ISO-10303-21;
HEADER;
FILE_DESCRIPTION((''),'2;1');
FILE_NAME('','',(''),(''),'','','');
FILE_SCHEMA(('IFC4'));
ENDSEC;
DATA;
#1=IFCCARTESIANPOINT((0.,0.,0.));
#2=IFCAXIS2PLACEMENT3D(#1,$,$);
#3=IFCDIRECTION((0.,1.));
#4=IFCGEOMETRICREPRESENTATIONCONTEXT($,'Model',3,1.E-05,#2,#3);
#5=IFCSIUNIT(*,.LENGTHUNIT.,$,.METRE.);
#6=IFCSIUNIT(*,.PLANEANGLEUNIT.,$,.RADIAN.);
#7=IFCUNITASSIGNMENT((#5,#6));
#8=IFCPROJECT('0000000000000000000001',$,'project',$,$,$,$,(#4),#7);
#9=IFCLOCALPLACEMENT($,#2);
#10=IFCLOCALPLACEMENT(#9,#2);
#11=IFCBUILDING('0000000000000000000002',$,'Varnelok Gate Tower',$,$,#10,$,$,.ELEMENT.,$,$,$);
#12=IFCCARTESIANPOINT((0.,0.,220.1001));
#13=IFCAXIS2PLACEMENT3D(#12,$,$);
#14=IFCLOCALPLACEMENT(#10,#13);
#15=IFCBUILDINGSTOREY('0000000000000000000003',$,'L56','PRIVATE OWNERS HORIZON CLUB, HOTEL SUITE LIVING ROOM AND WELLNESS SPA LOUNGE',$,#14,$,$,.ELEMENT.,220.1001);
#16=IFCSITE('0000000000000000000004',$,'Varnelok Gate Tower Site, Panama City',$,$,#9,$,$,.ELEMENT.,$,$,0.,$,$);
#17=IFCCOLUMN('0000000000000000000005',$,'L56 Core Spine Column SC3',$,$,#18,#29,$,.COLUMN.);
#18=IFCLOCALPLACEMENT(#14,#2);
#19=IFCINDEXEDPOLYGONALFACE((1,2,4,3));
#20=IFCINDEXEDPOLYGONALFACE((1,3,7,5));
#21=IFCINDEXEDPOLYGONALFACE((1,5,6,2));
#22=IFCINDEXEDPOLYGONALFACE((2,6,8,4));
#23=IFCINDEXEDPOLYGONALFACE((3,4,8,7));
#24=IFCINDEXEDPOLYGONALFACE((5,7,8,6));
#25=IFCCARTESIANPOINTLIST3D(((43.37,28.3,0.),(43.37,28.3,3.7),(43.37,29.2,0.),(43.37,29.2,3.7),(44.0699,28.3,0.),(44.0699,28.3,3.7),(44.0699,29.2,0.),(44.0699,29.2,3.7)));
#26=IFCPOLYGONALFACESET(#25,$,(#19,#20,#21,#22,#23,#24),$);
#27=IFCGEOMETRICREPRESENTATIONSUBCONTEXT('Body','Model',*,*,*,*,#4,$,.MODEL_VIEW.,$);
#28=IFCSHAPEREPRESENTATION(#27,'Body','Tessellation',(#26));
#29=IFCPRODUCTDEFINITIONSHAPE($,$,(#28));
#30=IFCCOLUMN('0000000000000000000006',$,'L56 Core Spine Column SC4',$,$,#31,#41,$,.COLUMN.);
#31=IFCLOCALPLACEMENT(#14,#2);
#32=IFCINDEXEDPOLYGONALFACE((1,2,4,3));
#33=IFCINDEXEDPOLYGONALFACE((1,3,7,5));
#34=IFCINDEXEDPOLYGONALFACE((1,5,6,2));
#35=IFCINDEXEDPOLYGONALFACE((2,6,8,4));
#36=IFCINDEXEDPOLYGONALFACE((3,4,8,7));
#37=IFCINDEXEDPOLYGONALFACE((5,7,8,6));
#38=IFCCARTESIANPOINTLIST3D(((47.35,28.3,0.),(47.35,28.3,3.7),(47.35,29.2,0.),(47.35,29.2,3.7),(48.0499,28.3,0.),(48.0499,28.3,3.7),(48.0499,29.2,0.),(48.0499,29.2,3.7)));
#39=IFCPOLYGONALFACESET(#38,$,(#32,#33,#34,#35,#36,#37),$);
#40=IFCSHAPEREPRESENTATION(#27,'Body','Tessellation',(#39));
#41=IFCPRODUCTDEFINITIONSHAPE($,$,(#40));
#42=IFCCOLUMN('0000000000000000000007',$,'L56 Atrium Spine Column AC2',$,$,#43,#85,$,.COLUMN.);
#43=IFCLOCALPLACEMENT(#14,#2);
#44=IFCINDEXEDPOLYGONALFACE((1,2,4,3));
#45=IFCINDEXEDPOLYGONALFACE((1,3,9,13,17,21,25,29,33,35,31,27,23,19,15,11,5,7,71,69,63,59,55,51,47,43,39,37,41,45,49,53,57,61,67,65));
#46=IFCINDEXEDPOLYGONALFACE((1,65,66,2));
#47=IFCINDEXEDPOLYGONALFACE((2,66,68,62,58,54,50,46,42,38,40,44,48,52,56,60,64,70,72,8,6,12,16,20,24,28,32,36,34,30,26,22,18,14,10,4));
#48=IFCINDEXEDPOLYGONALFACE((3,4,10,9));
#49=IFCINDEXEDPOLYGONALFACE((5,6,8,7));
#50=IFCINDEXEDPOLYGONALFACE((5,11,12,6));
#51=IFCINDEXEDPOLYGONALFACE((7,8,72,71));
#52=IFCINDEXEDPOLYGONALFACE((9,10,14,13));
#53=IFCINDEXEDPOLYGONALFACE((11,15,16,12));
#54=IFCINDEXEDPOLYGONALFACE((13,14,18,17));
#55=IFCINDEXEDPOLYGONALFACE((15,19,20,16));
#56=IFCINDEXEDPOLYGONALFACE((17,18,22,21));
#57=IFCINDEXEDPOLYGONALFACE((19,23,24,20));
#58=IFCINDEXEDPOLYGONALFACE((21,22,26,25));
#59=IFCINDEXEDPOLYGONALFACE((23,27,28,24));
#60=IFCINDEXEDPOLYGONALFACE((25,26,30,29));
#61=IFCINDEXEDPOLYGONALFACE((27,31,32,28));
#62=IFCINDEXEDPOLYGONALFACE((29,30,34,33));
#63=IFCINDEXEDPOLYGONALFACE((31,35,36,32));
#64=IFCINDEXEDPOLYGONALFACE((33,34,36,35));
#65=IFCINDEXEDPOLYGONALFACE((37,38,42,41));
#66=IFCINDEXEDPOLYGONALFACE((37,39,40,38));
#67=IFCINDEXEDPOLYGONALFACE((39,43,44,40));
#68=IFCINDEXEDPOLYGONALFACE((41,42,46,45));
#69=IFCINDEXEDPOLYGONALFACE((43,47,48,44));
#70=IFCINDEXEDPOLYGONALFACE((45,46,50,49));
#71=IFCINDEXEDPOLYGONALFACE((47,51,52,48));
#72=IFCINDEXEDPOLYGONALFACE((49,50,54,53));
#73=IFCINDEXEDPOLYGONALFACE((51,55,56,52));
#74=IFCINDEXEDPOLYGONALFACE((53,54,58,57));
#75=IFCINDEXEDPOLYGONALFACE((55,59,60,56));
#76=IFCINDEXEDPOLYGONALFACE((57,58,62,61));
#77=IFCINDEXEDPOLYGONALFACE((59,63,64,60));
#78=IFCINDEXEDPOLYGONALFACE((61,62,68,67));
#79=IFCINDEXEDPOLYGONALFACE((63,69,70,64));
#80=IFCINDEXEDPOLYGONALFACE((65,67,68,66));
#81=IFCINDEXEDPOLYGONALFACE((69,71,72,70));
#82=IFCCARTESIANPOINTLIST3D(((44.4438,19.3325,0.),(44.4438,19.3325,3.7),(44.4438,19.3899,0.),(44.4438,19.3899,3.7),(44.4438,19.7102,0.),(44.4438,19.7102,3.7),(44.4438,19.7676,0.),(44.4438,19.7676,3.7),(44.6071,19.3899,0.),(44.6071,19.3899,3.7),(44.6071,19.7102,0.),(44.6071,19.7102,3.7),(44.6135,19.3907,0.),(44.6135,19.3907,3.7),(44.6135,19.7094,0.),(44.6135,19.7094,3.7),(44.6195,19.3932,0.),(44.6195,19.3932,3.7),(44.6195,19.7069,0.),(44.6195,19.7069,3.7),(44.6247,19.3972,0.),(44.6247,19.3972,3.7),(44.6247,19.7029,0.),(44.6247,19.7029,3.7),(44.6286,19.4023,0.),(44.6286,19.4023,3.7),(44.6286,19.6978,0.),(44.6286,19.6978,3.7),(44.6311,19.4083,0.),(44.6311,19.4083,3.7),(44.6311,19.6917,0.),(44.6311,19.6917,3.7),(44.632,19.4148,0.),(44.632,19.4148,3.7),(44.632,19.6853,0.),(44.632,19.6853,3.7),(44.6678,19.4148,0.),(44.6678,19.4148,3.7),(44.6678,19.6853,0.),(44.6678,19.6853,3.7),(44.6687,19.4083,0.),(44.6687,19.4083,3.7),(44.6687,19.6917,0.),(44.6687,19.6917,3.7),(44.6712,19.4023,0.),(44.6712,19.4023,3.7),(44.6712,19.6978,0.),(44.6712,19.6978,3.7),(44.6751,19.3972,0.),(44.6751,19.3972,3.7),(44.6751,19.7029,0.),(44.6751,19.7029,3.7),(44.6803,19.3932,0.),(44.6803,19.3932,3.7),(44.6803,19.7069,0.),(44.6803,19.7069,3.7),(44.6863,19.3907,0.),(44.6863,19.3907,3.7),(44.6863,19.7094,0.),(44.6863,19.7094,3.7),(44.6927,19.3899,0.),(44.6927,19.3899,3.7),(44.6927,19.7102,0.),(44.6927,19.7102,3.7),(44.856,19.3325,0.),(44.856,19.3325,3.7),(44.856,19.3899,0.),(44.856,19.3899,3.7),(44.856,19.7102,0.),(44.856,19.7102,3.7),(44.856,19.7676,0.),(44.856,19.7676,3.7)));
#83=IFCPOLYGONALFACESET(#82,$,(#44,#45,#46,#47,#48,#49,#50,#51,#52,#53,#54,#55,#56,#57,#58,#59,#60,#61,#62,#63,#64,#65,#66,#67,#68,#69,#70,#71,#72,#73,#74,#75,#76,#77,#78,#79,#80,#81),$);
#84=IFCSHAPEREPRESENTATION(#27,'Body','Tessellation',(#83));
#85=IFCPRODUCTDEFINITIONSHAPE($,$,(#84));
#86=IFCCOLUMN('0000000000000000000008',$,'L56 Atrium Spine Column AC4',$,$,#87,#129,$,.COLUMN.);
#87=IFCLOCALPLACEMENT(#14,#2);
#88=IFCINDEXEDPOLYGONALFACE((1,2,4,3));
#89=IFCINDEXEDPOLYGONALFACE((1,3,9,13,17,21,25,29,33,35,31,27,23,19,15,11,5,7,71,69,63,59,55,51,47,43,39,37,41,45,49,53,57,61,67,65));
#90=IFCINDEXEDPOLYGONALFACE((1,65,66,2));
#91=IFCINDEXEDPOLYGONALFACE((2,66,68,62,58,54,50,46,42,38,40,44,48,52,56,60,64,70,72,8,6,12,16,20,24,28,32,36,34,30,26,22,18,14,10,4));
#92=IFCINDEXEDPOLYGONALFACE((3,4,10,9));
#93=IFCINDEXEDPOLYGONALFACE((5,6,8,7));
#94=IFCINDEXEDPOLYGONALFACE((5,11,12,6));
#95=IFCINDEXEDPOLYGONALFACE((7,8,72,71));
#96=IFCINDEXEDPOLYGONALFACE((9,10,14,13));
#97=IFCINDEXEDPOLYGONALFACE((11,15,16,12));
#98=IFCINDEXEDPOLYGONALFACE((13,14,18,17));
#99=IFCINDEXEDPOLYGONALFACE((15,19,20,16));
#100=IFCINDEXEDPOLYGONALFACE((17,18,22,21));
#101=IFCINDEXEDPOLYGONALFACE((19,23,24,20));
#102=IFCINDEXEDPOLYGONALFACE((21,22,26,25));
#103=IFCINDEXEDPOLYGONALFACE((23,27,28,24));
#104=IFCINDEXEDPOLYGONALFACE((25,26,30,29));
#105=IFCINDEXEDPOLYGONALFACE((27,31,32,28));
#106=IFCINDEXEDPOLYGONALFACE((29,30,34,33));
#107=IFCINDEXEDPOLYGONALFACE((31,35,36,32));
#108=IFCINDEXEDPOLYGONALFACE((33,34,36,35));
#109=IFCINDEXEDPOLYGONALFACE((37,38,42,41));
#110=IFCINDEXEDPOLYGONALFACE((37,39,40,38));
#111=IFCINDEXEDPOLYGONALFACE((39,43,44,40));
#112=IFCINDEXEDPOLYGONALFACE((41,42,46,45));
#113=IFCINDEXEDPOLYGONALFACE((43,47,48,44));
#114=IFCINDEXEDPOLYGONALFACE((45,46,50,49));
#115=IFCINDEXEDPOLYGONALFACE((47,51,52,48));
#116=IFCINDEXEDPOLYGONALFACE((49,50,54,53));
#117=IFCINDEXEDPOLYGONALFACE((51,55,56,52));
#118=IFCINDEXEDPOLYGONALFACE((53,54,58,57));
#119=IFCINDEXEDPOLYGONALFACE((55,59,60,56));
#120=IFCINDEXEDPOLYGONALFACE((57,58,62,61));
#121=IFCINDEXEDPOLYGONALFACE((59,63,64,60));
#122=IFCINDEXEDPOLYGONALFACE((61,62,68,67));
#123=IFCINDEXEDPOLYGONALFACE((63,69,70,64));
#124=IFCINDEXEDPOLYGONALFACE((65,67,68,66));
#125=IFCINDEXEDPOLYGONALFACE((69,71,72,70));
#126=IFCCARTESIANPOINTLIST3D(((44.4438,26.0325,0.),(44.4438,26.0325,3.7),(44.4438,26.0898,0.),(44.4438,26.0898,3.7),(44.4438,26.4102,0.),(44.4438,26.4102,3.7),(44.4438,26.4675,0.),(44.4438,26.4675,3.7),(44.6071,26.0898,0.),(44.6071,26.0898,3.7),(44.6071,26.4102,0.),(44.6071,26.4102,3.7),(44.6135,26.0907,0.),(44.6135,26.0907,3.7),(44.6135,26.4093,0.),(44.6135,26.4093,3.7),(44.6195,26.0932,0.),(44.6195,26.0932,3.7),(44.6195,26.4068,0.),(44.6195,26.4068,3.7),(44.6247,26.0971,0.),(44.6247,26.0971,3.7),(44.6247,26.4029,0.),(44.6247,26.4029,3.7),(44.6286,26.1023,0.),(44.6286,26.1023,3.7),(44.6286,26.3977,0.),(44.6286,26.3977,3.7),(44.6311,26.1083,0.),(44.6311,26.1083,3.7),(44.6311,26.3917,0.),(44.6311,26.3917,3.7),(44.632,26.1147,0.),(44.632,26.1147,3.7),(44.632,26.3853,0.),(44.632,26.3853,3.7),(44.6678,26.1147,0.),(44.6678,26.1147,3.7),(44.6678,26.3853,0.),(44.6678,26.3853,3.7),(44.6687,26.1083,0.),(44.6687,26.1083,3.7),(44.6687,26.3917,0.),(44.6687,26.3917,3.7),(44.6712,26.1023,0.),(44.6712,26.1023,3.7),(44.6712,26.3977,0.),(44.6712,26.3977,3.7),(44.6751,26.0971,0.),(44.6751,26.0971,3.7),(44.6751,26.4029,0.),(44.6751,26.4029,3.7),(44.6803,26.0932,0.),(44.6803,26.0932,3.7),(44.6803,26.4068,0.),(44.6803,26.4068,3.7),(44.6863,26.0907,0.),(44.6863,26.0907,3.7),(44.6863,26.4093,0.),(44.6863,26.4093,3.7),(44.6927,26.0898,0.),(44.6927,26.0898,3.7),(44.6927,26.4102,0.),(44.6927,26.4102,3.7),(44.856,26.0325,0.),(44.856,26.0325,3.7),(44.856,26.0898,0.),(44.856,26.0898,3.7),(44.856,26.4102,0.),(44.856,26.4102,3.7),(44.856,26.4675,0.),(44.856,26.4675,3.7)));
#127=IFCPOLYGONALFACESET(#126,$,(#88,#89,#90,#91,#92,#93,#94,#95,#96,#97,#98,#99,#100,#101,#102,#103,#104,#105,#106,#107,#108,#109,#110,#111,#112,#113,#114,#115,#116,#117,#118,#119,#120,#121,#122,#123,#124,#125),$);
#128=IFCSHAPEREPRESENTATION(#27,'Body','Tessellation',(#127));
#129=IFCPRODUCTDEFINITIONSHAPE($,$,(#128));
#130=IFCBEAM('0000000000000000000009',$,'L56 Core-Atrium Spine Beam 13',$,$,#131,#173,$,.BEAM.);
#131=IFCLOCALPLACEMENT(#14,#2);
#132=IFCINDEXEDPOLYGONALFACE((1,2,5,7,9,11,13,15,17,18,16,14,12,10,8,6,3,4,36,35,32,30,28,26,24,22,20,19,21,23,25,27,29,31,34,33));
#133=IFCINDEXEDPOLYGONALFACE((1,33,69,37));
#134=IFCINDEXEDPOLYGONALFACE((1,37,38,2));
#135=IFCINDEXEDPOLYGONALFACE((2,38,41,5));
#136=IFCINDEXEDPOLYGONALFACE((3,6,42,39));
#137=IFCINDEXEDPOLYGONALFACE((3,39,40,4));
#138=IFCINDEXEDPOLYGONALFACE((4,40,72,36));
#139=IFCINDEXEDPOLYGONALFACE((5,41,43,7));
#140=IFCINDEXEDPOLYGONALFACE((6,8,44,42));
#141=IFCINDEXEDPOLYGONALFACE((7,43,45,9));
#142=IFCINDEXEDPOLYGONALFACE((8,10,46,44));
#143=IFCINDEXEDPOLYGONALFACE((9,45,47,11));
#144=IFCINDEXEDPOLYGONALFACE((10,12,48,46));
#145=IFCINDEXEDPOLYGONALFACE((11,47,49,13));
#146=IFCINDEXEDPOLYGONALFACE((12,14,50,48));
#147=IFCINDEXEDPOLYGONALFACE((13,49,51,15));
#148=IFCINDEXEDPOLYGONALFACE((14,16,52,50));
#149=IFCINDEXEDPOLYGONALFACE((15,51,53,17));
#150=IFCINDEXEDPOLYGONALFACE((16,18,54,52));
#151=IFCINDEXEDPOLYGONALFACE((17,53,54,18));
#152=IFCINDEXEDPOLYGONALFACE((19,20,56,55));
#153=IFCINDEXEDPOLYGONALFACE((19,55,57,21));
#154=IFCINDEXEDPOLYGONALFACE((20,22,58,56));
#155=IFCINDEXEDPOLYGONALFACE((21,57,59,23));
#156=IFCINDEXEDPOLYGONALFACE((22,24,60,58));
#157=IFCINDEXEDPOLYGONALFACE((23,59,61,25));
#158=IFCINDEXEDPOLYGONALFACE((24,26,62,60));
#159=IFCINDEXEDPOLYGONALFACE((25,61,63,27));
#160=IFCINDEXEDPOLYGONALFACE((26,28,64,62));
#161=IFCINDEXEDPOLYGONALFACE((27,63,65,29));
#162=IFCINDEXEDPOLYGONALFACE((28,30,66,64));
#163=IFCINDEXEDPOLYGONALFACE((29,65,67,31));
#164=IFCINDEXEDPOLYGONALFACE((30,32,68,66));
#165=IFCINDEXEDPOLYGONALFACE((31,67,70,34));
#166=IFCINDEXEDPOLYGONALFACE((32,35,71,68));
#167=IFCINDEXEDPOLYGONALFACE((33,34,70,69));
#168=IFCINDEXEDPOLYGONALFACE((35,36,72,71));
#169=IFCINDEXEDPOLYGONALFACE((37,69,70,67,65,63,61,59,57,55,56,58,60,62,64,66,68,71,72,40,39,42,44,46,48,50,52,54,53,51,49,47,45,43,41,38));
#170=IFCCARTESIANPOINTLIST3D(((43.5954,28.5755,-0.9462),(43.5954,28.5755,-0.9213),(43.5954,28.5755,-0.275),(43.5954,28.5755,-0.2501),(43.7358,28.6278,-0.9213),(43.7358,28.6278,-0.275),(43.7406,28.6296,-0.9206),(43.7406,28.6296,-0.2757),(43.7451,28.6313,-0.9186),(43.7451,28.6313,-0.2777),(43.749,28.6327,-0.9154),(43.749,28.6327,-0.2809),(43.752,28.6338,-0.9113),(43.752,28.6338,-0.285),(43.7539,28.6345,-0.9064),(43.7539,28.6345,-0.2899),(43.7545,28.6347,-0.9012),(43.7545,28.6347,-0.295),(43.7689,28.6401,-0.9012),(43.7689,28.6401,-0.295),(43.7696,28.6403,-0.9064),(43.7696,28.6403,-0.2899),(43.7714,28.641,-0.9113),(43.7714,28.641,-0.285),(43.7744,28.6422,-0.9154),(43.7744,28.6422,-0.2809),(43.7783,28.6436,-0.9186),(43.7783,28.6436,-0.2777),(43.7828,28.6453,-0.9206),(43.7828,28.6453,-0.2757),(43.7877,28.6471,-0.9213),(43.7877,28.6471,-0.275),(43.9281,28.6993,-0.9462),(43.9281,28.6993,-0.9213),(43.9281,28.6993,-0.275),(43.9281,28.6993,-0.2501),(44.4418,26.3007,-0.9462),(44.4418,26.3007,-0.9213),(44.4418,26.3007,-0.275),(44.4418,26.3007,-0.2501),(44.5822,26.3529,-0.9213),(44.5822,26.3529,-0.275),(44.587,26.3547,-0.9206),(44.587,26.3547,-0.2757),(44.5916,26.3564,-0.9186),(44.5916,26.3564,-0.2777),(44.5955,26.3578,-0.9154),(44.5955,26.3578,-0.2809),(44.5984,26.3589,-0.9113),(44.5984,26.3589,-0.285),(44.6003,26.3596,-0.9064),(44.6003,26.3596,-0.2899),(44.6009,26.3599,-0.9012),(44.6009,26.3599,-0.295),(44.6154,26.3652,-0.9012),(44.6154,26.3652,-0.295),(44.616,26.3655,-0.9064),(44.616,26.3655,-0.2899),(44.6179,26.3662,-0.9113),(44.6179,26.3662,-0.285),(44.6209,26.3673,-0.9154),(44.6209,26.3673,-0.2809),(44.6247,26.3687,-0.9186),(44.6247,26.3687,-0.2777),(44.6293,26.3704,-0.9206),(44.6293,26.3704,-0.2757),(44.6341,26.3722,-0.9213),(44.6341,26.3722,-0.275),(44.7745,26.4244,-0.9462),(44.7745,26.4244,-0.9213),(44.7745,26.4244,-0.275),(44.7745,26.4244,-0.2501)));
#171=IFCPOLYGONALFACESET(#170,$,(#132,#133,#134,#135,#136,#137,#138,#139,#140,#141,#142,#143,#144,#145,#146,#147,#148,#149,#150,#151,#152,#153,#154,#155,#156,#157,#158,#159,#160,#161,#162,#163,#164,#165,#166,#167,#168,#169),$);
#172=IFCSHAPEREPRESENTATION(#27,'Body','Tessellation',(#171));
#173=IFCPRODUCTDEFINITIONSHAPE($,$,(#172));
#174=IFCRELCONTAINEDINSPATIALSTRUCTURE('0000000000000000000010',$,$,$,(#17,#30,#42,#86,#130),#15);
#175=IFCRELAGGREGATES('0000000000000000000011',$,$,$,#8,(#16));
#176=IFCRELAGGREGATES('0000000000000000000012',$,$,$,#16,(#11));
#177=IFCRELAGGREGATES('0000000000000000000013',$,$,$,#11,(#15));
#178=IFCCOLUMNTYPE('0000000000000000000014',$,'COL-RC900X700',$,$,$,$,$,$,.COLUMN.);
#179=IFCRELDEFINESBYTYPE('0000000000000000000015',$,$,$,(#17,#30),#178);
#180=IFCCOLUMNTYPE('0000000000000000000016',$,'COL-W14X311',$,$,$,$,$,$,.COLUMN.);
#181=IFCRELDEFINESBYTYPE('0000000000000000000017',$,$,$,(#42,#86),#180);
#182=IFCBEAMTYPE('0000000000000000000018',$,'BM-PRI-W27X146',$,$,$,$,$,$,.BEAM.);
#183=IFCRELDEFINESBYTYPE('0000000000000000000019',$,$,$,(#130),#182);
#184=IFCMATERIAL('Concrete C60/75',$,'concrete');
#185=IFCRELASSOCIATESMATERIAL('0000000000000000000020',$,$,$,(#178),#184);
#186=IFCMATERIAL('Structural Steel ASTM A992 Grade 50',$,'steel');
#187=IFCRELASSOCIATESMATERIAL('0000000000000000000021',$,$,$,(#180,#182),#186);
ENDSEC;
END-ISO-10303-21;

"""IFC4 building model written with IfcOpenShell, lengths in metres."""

from ifc_helpers import new_model, si_unit, direction, frame, origin, origin_2d, place, context, subcontext, project, spatial, rectangle, i_section, extrude, material, material_profile, profile_set, type_object, element, save


model = new_model("IFC4")

# Units and contexts
model_context = context("Model", 3, precision=1e-05, world=origin(), true_north=direction((0.0, 1.0)))
body_context = subcontext(model_context, "Body", "Model", "MODEL_VIEW")
ifc_project = project(units=[si_unit("LENGTHUNIT", "METRE"), si_unit("PLANEANGLEUNIT", "RADIAN")], contexts=[model_context])

# Site, building, storey
site_placement = place(None, origin())
site = spatial("IfcSite", under=ifc_project, at=site_placement, Name="Varnelok Gate Tower Site, Panama City", CompositionType="ELEMENT", RefElevation=0.0)
building_placement = place(site_placement, origin())
building = spatial("IfcBuilding", under=site, at=building_placement, Name="Varnelok Gate Tower", CompositionType="ELEMENT")
storey_placement = place(building_placement, frame((0.0, 0.0, 220.1001)))
storey = spatial("IfcBuildingStorey", under=building, at=storey_placement, Name="L56", Description="PRIVATE OWNERS HORIZON CLUB, HOTEL SUITE LIVING ROOM AND WELLNESS SPA LOUNGE", CompositionType="ELEMENT", Elevation=220.1001)

# Columns
ifc_material_1 = material(Name="Concrete C60/75", Category="concrete")
ifc_material_profile_1 = material_profile(ifc_material_1, rectangle(XDim=0.7, YDim=0.8999, at=origin_2d()), Name="RC900X700")
ifc_profile_set_1 = profile_set([ifc_material_profile_1], Name="Concrete C60/75")
column_type_1 = type_object("IfcColumnType", Name="COL-RC900X700", PredefinedType="COLUMN", material=ifc_profile_set_1)
for number, where, z_axis, x_axis, name in (
    (1, (43.72, 28.75, 0.0), (0.0, 0.0, 1.0), (1.0, 0.0, 0.0), "L56 Core Spine Column SC3"),
    (2, (47.7, 28.75, 0.0), (0.0, 0.0, 1.0), (1.0, 0.0, 0.0), "L56 Core Spine Column SC4"),
):
    element("IfcColumn", number, at=place(storey_placement, frame(where, z_axis=z_axis, x_axis=x_axis)), inside=storey, type_object=column_type_1, Name=name, PredefinedType="COLUMN", context=body_context, shape_type="SweptSolid", body=[
        extrude(rectangle(XDim=0.7, YDim=0.8999, at=origin_2d()), origin(), (0.0, 0.0, 1.0), 3.7),
    ])
ifc_material_2 = material(Name="Structural Steel ASTM A992 Grade 50", Category="steel")
ifc_material_profile_2 = material_profile(ifc_material_2, i_section(OverallWidth=0.4121, OverallDepth=0.4351, WebThickness=0.0359, FlangeThickness=0.0574, FilletRadius=0.0249, at=origin_2d()), Name="W14X311")
ifc_profile_set_2 = profile_set([ifc_material_profile_2], Name="Structural Steel ASTM A992 Grade 50")
column_type_2 = type_object("IfcColumnType", Name="COL-W14X311", PredefinedType="COLUMN", material=ifc_profile_set_2)
for number, where, z_axis, x_axis, name in (
    (3, (44.6499, 19.55, 0.0), (0.0, 0.0, 1.0), (1.0, 0.0, 0.0), "L56 Atrium Spine Column AC2"),
    (4, (44.6499, 26.25, 0.0), (0.0, 0.0, 1.0), (1.0, 0.0, 0.0), "L56 Atrium Spine Column AC4"),
):
    element("IfcColumn", number, at=place(storey_placement, frame(where, z_axis=z_axis, x_axis=x_axis)), inside=storey, type_object=column_type_2, Name=name, PredefinedType="COLUMN", context=body_context, shape_type="SweptSolid", body=[
        extrude(i_section(OverallWidth=0.4121, OverallDepth=0.4351, WebThickness=0.0359, FlangeThickness=0.0574, FilletRadius=0.0249, at=origin_2d()), origin(), (0.0, 0.0, 1.0), 3.7),
    ])

# Beam
ifc_material_profile_3 = material_profile(ifc_material_2, i_section(OverallWidth=0.355, OverallDepth=0.696, WebThickness=0.0154, FlangeThickness=0.0249, FilletRadius=0.02, at=origin_2d()), Name="W27X146")
ifc_profile_set_3 = profile_set([ifc_material_profile_3], Name="Structural Steel ASTM A992 Grade 50")
beam_type_1 = type_object("IfcBeamType", Name="BM-PRI-W27X146", PredefinedType="BEAM", material=ifc_profile_set_3)
beam_1_placement = place(storey_placement, frame((44.6082, 26.3625, -0.5981), z_axis=(-0.348719, 0.937227, 0.0), x_axis=(-0.937227, -0.348719, 0.0)))
element("IfcBeam", 5, at=beam_1_placement, inside=storey, type_object=beam_type_1, Name="L56 Core-Atrium Spine Beam 13", PredefinedType="BEAM", context=body_context, shape_type="SweptSolid", body=[
    extrude(i_section(OverallWidth=0.355, OverallDepth=0.696, WebThickness=0.0154, FlangeThickness=0.0249, FilletRadius=0.02, at=origin_2d()), origin(), (0.0, 0.0, 1.0), 2.4272),
])

save(model, "model.ifc")
